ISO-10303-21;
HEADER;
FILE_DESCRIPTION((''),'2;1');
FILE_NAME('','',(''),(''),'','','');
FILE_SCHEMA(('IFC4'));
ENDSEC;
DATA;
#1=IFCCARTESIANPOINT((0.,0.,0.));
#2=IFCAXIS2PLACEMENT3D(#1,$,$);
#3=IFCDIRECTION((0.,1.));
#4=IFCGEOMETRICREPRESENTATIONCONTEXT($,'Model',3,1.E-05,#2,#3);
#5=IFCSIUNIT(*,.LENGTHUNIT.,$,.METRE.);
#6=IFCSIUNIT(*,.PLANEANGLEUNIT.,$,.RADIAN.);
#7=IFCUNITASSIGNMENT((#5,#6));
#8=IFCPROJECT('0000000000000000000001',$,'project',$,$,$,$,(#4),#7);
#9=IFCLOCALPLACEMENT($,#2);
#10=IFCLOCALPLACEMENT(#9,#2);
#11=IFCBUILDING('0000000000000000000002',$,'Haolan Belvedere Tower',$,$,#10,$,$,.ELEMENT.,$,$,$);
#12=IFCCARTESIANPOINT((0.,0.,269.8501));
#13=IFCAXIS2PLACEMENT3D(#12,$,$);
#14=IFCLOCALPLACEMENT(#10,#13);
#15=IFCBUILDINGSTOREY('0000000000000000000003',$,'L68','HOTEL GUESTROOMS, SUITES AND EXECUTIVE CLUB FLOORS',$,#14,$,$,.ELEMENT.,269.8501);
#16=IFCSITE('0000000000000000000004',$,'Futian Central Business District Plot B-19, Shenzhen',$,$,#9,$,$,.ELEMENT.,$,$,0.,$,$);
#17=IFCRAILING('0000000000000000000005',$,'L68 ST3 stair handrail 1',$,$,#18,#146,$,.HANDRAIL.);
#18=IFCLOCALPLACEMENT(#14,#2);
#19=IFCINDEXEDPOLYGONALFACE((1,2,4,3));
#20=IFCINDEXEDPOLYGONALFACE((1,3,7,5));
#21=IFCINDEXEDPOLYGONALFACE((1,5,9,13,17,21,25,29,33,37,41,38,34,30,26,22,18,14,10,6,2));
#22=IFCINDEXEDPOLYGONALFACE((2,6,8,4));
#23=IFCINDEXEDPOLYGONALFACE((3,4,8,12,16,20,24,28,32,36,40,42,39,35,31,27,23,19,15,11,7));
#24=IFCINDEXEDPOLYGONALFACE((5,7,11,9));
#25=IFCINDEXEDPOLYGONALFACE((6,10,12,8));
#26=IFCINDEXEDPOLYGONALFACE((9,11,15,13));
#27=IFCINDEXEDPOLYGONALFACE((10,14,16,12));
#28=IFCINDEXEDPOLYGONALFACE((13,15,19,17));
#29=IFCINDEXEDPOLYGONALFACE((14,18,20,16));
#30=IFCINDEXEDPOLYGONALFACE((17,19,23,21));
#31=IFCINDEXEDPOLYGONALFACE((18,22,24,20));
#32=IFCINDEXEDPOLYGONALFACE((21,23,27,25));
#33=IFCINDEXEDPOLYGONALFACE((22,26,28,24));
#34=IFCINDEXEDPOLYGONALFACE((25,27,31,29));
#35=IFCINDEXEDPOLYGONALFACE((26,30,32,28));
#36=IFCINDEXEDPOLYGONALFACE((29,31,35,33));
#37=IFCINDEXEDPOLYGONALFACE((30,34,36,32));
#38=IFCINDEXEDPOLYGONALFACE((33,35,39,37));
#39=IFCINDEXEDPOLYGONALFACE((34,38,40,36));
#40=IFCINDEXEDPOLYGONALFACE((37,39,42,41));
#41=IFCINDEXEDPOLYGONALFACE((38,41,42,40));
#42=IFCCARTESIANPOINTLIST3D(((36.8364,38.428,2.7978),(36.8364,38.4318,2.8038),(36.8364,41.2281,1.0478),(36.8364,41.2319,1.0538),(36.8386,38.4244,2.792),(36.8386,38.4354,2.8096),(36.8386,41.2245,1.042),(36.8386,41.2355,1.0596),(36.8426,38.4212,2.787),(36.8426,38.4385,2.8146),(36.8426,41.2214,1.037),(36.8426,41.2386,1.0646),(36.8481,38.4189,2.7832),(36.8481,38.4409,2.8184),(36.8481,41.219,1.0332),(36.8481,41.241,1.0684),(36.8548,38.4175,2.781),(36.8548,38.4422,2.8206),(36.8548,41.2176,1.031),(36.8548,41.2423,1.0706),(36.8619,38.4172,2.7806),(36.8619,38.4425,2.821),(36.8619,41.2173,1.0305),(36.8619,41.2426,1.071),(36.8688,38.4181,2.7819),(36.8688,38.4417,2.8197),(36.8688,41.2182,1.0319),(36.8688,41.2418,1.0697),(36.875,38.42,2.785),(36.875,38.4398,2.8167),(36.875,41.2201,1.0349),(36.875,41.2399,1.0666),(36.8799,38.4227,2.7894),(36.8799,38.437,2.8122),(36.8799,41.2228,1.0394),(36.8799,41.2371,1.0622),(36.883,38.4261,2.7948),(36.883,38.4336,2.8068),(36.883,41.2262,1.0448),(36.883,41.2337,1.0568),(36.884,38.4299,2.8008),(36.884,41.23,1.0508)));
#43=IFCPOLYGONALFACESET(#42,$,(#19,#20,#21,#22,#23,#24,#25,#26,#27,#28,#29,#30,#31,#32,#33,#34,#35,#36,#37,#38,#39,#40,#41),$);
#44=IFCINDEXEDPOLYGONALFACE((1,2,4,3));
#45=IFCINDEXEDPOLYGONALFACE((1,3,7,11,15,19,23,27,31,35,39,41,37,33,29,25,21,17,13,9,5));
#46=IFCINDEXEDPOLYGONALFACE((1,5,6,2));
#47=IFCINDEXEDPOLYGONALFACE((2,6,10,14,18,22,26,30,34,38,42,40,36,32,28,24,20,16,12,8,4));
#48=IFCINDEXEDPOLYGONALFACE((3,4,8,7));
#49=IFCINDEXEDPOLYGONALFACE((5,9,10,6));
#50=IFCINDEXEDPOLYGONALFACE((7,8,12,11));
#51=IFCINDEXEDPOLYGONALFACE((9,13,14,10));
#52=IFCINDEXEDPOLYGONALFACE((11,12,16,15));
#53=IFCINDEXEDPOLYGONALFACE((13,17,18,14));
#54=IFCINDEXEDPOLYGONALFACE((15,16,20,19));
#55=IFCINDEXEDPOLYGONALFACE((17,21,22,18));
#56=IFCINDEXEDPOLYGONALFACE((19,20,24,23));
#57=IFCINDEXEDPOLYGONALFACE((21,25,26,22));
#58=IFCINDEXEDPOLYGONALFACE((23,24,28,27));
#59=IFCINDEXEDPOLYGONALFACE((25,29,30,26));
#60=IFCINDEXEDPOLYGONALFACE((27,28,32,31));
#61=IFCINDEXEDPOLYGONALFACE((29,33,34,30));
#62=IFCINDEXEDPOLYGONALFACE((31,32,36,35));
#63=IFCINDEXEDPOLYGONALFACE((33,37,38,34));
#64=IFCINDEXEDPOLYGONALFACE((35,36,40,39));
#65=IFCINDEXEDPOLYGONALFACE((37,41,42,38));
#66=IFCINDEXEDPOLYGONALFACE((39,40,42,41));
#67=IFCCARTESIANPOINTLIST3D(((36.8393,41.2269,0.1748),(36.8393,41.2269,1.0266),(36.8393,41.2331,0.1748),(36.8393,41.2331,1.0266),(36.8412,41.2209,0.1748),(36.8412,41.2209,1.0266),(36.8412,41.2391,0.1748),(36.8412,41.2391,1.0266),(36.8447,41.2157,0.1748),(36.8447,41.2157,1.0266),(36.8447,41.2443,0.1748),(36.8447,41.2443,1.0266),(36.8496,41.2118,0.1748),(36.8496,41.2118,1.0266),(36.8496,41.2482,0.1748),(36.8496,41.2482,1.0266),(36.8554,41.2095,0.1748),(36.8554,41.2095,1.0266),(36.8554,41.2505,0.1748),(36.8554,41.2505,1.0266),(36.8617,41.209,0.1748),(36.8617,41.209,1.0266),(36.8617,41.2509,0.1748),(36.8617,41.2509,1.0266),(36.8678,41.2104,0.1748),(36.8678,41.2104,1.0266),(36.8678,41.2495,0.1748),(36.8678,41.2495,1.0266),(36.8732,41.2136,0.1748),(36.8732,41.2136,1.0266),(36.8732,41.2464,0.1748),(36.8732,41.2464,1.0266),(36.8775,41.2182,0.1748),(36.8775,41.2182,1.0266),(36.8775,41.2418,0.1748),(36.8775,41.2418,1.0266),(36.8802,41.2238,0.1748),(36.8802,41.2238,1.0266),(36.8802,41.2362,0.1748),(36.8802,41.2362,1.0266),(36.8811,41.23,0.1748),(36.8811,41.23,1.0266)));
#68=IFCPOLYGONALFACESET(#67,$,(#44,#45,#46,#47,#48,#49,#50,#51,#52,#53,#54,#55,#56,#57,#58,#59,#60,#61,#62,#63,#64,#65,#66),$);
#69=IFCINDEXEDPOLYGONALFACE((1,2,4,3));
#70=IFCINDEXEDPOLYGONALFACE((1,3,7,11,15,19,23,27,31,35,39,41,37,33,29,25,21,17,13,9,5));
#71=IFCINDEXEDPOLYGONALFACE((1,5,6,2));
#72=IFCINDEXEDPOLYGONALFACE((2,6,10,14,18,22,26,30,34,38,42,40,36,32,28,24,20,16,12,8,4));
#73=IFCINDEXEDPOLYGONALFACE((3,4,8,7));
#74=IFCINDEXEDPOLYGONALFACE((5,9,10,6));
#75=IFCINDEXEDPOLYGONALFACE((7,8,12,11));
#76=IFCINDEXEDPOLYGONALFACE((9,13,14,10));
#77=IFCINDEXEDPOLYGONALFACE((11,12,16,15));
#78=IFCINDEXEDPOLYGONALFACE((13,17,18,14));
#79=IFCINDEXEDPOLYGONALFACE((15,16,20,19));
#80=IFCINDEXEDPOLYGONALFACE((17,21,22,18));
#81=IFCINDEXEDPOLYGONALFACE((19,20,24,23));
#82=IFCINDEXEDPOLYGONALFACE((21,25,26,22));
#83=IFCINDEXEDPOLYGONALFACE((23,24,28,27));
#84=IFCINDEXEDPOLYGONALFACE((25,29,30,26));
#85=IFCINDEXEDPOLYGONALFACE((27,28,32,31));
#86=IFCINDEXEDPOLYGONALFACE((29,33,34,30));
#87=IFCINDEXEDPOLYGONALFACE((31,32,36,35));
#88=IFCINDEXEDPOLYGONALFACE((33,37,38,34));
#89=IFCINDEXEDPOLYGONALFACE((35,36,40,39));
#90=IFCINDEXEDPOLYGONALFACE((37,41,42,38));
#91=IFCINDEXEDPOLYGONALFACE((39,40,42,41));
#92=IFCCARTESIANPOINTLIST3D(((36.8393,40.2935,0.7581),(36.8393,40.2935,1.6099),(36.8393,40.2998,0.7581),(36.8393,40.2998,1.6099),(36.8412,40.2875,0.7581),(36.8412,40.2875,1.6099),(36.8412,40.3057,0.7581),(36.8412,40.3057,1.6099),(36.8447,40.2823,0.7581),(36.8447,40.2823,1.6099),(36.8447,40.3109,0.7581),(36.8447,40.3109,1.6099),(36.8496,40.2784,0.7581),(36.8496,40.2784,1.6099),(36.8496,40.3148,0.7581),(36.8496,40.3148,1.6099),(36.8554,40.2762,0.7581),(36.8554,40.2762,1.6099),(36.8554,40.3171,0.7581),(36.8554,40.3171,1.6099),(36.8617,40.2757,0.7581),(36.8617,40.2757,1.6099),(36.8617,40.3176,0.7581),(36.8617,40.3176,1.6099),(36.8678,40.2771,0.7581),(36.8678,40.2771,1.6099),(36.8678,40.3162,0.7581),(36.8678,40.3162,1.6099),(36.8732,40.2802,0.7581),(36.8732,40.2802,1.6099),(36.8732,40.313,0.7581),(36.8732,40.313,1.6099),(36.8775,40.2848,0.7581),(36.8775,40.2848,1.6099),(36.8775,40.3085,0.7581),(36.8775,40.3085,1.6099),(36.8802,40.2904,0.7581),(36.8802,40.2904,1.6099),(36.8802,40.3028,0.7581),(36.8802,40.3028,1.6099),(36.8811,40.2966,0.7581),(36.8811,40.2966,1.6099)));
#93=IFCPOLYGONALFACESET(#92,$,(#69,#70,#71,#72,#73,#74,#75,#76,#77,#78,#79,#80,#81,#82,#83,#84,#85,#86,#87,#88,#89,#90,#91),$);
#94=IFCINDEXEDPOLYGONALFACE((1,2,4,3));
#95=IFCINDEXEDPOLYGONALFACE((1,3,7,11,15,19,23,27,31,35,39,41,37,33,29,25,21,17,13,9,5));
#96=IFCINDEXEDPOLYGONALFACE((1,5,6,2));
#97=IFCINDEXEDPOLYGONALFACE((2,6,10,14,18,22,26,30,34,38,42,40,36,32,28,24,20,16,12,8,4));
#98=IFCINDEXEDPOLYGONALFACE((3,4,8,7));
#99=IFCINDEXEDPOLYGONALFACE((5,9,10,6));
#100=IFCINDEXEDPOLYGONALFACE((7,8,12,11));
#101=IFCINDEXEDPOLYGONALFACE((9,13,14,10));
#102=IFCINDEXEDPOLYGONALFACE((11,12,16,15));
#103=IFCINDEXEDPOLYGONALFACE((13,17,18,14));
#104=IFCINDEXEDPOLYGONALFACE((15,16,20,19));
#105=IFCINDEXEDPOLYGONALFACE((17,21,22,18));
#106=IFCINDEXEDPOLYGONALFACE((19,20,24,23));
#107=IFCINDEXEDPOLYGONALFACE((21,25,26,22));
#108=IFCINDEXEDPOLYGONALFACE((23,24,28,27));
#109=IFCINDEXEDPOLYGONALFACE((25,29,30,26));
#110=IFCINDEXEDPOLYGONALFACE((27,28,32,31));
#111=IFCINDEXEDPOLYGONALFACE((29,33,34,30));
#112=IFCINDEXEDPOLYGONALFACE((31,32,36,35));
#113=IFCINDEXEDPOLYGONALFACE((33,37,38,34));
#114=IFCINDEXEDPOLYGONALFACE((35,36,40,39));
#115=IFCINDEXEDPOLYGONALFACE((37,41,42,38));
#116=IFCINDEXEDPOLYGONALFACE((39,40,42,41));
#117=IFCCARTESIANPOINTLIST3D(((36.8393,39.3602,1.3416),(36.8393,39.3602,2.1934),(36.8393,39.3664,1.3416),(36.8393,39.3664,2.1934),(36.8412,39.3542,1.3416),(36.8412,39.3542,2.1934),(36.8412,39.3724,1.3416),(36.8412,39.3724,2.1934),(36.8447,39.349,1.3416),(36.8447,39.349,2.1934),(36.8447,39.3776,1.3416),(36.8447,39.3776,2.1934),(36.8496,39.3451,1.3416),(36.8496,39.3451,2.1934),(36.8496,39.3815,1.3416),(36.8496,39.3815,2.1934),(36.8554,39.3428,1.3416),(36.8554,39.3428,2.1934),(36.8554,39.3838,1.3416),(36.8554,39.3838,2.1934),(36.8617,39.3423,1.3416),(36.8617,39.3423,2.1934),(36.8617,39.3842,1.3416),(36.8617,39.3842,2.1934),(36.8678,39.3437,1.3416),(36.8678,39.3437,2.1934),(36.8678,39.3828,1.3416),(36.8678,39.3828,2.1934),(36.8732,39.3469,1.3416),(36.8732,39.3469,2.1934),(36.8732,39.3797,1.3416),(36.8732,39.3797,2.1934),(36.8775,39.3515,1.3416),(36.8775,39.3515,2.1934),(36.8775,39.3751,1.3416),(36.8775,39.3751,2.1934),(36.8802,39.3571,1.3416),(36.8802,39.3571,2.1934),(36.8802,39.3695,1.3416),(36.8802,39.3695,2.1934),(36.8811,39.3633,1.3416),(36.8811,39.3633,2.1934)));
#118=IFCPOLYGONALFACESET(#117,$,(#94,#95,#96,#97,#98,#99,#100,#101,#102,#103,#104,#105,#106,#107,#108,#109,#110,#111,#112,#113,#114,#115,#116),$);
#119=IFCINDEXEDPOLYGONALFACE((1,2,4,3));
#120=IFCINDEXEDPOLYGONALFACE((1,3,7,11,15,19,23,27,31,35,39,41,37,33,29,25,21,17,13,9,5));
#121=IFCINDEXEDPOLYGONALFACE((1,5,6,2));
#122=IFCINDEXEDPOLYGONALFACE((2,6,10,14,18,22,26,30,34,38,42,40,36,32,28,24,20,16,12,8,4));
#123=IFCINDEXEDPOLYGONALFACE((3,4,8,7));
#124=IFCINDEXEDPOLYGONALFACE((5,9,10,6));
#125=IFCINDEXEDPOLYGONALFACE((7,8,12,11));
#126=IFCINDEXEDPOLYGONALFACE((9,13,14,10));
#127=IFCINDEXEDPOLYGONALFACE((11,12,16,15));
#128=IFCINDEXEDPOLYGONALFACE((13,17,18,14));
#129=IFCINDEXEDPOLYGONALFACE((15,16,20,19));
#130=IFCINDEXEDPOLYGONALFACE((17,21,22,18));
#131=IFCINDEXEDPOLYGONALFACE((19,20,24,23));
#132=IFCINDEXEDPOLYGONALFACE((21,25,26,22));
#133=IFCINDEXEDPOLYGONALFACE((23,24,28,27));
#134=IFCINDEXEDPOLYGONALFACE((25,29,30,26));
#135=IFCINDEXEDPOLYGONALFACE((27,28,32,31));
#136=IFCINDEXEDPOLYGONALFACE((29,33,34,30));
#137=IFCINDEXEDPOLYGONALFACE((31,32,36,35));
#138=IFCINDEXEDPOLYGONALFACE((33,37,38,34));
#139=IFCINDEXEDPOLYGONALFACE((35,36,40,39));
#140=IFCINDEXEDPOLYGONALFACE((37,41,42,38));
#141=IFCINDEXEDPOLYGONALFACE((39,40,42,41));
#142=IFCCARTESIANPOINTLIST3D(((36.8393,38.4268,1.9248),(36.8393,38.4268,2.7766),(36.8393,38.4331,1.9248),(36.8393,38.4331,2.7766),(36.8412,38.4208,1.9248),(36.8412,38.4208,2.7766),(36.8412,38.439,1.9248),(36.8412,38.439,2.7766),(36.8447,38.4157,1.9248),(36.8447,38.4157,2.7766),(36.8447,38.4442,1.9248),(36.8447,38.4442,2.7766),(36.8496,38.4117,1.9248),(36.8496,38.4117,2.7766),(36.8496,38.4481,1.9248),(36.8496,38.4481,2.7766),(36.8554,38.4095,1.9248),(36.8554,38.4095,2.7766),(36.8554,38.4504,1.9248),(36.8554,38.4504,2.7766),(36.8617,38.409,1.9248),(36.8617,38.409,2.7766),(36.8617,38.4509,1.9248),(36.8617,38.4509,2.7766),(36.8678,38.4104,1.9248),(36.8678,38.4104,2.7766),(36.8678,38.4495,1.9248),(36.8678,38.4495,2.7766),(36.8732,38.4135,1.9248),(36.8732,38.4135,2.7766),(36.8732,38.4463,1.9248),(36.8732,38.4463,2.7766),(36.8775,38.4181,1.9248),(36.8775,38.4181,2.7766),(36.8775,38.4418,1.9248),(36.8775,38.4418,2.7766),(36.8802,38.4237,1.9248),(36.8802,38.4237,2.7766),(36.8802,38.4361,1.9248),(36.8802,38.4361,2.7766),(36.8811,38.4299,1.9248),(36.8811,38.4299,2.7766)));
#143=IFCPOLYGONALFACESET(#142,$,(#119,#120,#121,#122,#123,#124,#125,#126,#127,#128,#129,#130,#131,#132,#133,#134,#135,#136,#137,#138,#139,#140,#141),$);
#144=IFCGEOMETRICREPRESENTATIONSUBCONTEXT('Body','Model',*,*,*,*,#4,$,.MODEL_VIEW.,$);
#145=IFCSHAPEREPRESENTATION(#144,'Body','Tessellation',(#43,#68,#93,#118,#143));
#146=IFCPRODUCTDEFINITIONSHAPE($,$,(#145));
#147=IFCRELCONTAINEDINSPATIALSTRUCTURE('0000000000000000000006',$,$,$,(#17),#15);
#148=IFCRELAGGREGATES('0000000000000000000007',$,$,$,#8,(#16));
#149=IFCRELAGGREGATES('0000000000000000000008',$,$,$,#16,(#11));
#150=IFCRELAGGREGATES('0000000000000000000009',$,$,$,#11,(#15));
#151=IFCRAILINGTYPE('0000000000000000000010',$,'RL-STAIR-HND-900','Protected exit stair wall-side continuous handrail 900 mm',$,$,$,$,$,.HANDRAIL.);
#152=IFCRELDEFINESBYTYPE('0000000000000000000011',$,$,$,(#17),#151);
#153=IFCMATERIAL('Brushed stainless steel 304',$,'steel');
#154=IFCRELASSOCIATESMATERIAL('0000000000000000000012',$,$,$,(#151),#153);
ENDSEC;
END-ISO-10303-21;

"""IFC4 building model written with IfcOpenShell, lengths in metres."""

from ifc_helpers import new_model, si_unit, direction, frame, origin, origin_2d, place, context, subcontext, project, spatial, circle, extrude, material, type_object, element, save


model = new_model("IFC4")

# Units and contexts
model_context = context("Model", 3, precision=1e-05, world=origin(), true_north=direction((0.0, 1.0)))
body_context = subcontext(model_context, "Body", "Model", "MODEL_VIEW")
ifc_project = project(units=[si_unit("LENGTHUNIT", "METRE"), si_unit("PLANEANGLEUNIT", "RADIAN")], contexts=[model_context])

# Site, building, storey
site_placement = place(None, origin())
site = spatial("IfcSite", under=ifc_project, at=site_placement, Name="Futian Central Business District Plot B-19, Shenzhen", CompositionType="ELEMENT", RefElevation=0.0)
building_placement = place(site_placement, origin())
building = spatial("IfcBuilding", under=site, at=building_placement, Name="Haolan Belvedere Tower", CompositionType="ELEMENT")
storey_placement = place(building_placement, frame((0.0, 0.0, 269.8501)))
storey = spatial("IfcBuildingStorey", under=building, at=storey_placement, Name="L68", Description="HOTEL GUESTROOMS, SUITES AND EXECUTIVE CLUB FLOORS", CompositionType="ELEMENT", Elevation=269.8501)

# Railing
ifc_material_1 = material(Name="Brushed stainless steel 304", Category="steel")
railing_type_1 = type_object("IfcRailingType", Name="RL-STAIR-HND-900", Description="Protected exit stair wall-side continuous handrail 900 mm", PredefinedType="HANDRAIL", material=ifc_material_1)
for number, where, name in (
    (1, (36.8601, 41.23, 0.1748), "L68 ST3 stair handrail 1"),
):
    element("IfcRailing", number, at=place(storey_placement, frame(where)), inside=storey, type_object=railing_type_1, Name=name, PredefinedType="HANDRAIL", context=body_context, shape_type="SweptSolid", body=[
        extrude(circle(Radius=0.0239, at=origin_2d()), frame((0.0, 0.0, 0.876), z_axis=(0.0, -0.848002, 0.529992), x_axis=(1.0, 0.0, 0.0)), (0.0, 0.0, 1.0), 3.302),
        extrude(circle(Radius=0.021, at=origin_2d()), origin(), (0.0, 0.0, 1.0), 0.8518),
        extrude(circle(Radius=0.021, at=origin_2d()), frame((0.0, -0.9333, 0.5833)), (0.0, 0.0, 1.0), 0.8518),
        extrude(circle(Radius=0.021, at=origin_2d()), frame((0.0, -1.8667, 1.1667)), (0.0, 0.0, 1.0), 0.8518),
        extrude(circle(Radius=0.021, at=origin_2d()), frame((0.0, -2.8, 1.75)), (0.0, 0.0, 1.0), 0.8518),
    ])

save(model, "model.ifc")
